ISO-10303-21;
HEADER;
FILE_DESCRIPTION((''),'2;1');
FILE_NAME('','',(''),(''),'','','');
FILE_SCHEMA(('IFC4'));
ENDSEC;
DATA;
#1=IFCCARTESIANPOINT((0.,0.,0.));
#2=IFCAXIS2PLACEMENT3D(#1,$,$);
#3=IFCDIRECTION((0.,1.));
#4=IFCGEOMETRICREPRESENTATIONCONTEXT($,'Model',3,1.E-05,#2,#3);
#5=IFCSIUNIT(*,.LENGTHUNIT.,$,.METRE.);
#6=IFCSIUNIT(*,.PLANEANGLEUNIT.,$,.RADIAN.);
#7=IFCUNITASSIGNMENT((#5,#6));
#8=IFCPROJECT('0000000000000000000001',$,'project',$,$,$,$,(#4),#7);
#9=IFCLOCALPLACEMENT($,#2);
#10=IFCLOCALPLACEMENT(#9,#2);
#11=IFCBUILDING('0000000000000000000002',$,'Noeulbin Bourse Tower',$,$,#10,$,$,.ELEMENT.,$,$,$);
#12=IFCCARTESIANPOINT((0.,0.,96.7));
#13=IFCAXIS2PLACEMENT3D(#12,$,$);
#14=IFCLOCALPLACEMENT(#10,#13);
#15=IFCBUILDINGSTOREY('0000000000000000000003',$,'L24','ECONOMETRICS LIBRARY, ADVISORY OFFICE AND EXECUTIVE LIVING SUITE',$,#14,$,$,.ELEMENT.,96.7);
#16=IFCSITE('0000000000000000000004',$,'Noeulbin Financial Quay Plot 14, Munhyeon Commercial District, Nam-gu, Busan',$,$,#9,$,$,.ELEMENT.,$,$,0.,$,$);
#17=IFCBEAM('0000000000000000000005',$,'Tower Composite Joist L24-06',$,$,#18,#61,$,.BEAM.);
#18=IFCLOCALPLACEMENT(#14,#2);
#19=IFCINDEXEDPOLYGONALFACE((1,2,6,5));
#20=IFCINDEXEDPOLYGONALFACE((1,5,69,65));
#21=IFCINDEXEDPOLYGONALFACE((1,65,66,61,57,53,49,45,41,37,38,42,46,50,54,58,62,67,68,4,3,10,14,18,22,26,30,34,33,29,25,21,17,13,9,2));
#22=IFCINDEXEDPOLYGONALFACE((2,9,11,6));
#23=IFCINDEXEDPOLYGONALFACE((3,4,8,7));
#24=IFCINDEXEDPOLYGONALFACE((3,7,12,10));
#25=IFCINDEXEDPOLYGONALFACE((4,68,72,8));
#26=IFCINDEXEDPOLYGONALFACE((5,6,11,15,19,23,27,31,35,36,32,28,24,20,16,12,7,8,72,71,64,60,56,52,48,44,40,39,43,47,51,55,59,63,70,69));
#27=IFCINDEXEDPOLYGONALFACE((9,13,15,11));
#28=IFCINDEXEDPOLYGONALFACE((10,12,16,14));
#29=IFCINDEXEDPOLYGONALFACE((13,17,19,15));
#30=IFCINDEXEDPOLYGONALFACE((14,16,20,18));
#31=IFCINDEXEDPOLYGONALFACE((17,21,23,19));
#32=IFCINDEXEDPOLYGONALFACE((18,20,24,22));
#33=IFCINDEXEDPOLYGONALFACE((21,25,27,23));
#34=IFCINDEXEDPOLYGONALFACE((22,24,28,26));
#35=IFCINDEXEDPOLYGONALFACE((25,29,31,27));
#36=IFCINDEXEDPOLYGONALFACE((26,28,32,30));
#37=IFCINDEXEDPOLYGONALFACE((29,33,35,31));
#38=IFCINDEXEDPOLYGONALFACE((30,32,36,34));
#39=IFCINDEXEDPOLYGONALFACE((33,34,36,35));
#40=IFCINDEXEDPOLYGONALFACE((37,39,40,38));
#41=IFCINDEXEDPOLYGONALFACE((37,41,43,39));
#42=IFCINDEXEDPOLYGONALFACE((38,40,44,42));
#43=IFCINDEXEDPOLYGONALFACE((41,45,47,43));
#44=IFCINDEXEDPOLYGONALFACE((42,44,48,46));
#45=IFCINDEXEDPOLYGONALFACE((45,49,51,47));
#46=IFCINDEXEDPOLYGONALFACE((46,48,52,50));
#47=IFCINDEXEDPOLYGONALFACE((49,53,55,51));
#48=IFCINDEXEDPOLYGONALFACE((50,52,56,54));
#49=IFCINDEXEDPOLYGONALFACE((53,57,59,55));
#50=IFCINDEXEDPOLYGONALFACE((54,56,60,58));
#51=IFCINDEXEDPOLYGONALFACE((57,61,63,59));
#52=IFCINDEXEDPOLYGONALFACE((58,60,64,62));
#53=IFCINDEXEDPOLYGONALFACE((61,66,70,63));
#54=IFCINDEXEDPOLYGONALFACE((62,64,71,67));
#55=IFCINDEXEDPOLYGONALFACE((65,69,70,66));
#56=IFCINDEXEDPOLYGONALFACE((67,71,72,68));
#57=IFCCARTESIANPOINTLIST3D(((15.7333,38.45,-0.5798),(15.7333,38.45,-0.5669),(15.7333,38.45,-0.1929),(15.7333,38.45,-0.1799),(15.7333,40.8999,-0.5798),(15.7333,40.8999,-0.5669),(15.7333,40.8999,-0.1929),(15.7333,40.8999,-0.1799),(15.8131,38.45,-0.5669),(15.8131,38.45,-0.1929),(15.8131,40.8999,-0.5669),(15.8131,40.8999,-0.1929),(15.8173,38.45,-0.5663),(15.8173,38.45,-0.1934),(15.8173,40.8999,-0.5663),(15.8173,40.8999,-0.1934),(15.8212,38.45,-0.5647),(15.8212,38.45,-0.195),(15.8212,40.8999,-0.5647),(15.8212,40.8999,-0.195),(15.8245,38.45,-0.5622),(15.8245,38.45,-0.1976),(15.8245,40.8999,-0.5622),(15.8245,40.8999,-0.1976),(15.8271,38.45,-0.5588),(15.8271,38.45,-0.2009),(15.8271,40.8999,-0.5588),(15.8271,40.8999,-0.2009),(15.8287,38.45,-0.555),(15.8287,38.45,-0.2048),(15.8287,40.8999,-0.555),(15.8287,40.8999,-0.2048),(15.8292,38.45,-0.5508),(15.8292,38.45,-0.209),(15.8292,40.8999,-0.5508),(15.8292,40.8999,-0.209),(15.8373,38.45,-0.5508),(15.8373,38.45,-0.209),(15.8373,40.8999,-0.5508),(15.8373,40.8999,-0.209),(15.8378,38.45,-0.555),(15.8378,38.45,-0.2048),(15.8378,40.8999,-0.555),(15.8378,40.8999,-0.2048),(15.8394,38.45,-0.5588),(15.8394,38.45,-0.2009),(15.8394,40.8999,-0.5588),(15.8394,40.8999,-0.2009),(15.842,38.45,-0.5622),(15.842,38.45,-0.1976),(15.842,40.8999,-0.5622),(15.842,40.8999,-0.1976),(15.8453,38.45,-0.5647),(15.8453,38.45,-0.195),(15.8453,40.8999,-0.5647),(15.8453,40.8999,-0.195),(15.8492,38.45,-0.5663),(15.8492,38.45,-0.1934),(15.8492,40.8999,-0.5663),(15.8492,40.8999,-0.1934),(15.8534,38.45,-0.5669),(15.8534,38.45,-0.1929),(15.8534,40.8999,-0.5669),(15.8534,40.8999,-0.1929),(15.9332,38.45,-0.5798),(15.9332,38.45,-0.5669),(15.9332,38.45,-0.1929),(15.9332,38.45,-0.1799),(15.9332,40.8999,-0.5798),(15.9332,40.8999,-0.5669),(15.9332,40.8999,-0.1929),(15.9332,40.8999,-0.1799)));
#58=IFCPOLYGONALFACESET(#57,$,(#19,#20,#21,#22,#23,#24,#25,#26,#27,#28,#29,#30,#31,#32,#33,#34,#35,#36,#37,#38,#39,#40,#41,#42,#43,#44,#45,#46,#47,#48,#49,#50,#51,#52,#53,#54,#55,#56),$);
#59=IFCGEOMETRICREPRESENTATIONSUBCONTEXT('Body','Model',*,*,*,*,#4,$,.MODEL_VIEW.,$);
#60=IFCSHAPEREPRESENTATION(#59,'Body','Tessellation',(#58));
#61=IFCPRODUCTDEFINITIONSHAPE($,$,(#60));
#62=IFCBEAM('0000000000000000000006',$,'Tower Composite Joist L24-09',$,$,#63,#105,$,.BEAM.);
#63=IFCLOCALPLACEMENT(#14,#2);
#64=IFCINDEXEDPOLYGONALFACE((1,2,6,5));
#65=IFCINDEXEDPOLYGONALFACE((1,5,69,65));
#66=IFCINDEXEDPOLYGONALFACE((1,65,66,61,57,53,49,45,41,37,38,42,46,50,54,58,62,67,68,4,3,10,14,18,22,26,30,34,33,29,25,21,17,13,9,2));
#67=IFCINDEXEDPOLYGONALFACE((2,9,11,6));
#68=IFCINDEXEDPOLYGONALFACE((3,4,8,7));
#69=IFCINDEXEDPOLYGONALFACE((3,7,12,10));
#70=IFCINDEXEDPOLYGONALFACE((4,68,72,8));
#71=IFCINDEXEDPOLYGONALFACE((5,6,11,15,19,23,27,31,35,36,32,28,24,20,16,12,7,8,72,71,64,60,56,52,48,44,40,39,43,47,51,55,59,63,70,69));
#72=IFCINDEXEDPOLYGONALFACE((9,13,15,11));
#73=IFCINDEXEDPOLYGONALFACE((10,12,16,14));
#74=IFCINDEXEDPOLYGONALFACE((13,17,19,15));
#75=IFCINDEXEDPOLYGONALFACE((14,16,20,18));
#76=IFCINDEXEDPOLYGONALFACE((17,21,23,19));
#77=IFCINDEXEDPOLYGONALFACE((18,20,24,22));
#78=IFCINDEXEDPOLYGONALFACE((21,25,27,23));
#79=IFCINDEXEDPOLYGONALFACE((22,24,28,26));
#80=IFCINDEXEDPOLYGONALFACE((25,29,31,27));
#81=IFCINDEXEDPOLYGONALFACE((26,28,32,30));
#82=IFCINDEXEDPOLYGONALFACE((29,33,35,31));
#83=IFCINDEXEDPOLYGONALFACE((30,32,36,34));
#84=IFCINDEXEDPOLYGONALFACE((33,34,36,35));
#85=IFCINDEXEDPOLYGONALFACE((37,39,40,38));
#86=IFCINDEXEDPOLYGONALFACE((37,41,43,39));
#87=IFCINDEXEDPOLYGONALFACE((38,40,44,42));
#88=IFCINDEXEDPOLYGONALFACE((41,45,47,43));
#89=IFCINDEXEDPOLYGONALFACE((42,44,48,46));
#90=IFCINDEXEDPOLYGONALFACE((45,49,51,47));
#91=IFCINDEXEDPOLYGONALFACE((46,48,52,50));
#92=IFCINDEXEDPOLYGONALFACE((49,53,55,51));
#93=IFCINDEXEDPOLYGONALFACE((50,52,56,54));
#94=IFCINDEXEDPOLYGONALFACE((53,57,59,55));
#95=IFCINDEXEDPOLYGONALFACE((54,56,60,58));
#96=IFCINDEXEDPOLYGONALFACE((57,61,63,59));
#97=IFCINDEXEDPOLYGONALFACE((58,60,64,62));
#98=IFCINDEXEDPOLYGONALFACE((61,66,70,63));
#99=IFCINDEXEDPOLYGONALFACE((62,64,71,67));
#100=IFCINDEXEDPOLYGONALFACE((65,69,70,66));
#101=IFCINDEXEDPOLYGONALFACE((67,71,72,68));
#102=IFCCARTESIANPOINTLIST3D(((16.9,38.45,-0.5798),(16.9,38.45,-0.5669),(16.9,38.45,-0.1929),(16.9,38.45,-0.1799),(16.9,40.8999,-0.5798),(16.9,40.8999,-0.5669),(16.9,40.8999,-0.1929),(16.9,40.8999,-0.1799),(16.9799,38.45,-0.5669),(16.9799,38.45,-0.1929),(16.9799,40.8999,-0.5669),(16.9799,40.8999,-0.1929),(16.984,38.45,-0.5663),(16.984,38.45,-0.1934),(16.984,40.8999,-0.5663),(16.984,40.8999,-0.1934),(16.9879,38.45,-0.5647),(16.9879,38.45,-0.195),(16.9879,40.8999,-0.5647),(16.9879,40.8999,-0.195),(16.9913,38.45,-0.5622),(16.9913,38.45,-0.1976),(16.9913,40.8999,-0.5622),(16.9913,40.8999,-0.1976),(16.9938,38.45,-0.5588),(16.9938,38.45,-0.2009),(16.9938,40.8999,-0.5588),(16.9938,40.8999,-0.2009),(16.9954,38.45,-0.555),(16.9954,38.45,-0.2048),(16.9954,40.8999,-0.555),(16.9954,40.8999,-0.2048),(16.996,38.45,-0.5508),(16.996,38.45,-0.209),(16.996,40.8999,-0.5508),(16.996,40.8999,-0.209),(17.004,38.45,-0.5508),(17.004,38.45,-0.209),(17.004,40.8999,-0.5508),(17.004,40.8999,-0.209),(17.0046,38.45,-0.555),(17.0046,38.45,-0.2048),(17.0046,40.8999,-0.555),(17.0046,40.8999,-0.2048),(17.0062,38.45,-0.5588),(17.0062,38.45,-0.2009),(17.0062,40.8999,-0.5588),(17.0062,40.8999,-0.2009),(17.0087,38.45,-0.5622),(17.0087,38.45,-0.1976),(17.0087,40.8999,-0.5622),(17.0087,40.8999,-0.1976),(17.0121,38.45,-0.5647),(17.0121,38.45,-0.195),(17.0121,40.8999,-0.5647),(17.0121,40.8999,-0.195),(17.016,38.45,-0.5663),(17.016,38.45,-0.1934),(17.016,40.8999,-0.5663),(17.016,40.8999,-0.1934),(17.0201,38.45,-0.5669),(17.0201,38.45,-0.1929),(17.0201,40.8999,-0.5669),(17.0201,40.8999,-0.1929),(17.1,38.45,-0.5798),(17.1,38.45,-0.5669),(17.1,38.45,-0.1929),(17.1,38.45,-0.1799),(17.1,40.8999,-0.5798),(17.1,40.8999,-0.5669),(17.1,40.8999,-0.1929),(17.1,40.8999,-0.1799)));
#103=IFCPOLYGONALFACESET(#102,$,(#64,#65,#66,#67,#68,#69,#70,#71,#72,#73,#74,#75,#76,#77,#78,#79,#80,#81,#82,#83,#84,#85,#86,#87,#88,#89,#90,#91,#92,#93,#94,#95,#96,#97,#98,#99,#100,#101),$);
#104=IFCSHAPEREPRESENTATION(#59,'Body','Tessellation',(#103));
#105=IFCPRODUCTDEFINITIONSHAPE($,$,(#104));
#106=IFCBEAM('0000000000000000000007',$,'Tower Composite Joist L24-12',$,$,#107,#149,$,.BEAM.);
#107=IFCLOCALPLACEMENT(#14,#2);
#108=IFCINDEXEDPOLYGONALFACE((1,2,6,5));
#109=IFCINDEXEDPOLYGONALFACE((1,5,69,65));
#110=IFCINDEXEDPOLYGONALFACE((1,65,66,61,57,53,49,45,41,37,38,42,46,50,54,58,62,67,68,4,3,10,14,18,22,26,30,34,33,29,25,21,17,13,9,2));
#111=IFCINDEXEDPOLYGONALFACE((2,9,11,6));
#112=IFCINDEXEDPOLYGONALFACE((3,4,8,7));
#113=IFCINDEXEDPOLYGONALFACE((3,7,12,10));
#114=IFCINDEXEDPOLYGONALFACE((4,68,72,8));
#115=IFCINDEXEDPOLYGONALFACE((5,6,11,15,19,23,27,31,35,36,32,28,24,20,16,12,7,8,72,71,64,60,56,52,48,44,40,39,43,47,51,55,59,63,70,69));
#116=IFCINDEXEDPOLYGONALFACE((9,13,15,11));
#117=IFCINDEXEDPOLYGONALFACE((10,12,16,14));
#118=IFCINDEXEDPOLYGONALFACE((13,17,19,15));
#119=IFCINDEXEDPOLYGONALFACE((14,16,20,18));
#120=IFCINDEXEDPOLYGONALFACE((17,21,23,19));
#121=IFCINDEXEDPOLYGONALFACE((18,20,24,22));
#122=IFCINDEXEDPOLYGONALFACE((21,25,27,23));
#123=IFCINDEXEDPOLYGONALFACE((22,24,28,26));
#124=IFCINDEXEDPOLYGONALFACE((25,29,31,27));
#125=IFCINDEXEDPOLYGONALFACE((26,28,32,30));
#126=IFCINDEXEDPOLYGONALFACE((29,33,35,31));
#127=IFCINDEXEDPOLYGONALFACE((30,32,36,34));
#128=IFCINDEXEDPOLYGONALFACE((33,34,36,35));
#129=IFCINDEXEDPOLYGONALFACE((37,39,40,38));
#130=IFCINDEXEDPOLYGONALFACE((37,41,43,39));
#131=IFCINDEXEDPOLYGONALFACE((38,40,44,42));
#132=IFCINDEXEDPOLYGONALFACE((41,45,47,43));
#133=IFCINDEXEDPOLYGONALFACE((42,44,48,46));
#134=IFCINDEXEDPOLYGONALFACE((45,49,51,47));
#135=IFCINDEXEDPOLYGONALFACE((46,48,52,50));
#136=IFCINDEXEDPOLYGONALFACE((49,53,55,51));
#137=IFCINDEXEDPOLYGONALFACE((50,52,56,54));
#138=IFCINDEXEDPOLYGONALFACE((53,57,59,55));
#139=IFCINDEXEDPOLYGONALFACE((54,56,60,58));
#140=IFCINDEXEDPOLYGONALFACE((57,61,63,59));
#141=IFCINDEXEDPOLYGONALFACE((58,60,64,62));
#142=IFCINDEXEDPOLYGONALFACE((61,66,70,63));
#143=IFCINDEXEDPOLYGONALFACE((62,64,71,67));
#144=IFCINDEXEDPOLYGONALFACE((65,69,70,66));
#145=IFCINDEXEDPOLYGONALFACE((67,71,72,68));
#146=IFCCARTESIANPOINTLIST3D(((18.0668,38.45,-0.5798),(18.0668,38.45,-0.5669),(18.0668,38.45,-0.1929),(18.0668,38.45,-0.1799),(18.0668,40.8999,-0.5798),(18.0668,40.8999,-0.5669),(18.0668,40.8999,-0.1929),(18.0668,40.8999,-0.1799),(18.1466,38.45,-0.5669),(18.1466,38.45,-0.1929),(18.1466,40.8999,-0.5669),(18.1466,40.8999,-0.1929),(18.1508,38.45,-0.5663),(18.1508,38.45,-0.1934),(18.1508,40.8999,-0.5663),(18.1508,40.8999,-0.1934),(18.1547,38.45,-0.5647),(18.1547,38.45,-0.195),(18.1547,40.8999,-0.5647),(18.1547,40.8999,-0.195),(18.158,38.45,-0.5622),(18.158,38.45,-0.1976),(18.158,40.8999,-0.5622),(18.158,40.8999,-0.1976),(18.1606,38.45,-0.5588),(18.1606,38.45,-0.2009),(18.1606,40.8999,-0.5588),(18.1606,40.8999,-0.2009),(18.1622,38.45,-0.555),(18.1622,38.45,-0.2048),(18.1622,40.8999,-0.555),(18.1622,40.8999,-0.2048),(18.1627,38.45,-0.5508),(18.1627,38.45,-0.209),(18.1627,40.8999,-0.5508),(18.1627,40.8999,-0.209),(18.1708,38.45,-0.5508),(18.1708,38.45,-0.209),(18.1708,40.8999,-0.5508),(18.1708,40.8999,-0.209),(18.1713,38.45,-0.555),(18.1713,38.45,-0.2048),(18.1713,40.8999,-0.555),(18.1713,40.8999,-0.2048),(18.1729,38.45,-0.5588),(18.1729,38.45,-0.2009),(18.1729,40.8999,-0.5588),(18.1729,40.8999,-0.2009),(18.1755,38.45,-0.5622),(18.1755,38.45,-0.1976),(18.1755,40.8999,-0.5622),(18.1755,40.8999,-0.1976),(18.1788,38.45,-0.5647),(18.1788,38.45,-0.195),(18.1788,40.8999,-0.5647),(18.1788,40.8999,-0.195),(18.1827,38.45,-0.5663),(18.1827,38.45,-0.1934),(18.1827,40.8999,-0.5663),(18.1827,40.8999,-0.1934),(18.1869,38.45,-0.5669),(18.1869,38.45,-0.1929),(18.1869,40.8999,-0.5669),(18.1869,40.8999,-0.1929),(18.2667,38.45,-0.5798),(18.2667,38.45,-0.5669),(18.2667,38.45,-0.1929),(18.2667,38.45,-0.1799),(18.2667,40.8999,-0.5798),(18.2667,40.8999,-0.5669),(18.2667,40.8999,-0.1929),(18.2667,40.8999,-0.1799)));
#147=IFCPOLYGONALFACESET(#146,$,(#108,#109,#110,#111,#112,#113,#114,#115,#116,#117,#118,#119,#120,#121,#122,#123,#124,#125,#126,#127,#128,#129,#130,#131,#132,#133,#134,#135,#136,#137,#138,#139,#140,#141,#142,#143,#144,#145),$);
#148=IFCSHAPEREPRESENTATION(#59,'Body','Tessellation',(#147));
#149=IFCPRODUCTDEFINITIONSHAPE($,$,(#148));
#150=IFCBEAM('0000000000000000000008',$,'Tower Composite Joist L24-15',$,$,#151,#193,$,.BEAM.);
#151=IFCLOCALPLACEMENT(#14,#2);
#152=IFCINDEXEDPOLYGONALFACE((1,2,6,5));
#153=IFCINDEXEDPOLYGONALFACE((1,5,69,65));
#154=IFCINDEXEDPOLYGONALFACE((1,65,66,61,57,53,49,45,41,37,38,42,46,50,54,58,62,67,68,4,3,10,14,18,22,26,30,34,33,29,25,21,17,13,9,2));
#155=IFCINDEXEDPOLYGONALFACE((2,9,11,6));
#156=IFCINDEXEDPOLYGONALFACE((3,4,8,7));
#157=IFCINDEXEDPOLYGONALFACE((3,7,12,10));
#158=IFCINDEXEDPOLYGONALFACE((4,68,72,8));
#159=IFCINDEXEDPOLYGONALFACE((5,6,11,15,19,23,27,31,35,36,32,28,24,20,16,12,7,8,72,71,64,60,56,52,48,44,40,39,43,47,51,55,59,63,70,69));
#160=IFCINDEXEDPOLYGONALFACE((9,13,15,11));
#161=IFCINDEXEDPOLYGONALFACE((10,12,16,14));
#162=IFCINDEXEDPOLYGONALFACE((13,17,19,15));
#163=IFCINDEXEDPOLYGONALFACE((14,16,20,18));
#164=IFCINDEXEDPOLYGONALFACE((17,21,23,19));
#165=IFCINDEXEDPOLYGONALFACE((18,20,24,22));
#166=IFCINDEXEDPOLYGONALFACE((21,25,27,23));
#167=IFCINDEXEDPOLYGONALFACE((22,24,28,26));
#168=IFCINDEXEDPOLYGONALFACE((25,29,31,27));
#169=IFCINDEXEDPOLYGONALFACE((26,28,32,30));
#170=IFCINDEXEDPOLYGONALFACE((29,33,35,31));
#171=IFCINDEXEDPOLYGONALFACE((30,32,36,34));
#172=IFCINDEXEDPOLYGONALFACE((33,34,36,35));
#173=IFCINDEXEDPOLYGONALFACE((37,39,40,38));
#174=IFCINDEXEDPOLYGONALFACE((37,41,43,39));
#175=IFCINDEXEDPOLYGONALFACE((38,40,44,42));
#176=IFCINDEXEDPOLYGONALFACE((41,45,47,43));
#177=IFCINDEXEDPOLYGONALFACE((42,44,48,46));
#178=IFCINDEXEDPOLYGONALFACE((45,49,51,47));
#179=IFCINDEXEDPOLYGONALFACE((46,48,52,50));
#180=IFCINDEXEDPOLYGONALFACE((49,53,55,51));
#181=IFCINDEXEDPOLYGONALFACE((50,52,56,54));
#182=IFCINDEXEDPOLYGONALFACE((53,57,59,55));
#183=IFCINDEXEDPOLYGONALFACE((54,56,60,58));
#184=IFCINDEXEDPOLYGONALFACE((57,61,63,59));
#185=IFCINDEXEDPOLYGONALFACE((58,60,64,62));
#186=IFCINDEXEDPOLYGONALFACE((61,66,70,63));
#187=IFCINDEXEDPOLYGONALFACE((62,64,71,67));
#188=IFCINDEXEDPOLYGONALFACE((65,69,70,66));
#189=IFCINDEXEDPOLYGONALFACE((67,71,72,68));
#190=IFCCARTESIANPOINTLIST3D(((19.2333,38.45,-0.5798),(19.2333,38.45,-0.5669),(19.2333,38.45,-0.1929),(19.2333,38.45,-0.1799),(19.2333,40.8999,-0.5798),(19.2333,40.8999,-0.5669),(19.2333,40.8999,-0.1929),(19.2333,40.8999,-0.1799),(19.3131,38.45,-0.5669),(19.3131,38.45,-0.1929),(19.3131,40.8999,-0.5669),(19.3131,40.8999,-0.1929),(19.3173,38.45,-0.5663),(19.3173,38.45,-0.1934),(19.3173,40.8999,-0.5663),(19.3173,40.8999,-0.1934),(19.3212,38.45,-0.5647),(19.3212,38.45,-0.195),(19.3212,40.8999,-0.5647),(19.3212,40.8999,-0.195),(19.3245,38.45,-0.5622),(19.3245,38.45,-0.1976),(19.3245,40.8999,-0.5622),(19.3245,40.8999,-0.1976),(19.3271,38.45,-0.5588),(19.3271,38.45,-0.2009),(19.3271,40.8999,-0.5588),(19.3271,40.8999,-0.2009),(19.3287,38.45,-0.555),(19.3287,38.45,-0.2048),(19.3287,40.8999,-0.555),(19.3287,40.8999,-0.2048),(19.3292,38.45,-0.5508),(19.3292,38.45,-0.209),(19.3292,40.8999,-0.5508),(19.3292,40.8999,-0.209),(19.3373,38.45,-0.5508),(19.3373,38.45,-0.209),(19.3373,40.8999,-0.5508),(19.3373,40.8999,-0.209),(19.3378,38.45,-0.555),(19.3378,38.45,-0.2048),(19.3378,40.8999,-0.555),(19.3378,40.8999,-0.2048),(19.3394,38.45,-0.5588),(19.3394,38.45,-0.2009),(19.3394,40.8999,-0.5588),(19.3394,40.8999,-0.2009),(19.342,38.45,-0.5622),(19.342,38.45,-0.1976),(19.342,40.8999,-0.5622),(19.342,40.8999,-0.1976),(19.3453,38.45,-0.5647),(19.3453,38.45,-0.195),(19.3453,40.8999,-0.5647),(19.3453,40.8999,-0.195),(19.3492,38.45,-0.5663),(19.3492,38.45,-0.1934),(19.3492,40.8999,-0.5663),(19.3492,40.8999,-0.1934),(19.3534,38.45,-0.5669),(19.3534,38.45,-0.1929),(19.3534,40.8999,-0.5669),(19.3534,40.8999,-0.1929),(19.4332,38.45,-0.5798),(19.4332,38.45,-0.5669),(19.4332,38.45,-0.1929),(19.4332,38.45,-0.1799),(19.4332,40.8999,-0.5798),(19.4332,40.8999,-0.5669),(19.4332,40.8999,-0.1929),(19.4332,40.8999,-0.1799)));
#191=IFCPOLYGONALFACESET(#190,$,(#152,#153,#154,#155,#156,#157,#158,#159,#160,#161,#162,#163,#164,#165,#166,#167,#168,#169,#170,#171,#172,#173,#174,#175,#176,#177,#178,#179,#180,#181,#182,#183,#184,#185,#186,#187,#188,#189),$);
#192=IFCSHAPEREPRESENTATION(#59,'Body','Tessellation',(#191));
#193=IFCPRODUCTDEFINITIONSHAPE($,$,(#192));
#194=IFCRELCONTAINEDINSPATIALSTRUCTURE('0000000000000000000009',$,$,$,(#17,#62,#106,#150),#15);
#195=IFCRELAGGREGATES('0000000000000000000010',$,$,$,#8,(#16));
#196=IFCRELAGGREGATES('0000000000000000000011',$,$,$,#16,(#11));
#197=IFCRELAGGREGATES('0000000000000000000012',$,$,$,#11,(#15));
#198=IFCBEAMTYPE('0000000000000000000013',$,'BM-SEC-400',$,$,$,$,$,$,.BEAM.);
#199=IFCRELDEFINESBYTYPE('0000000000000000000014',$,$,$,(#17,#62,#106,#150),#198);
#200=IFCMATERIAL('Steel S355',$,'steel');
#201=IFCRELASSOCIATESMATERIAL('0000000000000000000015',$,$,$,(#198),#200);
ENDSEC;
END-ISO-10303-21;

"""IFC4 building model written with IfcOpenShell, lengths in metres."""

from ifc_helpers import new_model, si_unit, direction, frame, origin, origin_2d, place, context, subcontext, project, spatial, i_section, extrude, material, material_profile, profile_set, type_object, element, save


model = new_model("IFC4")

# Units and contexts
model_context = context("Model", 3, precision=1e-05, world=origin(), true_north=direction((0.0, 1.0)))
body_context = subcontext(model_context, "Body", "Model", "MODEL_VIEW")
ifc_project = project(units=[si_unit("LENGTHUNIT", "METRE"), si_unit("PLANEANGLEUNIT", "RADIAN")], contexts=[model_context])

# Site, building, storey
site_placement = place(None, origin())
site = spatial("IfcSite", under=ifc_project, at=site_placement, Name="Noeulbin Financial Quay Plot 14, Munhyeon Commercial District, Nam-gu, Busan", CompositionType="ELEMENT", RefElevation=0.0)
building_placement = place(site_placement, origin())
building = spatial("IfcBuilding", under=site, at=building_placement, Name="Noeulbin Bourse Tower", CompositionType="ELEMENT")
storey_placement = place(building_placement, frame((0.0, 0.0, 96.7)))
storey = spatial("IfcBuildingStorey", under=building, at=storey_placement, Name="L24", Description="ECONOMETRICS LIBRARY, ADVISORY OFFICE AND EXECUTIVE LIVING SUITE", CompositionType="ELEMENT", Elevation=96.7)

# Beams
ifc_material_1 = material(Name="Steel S355", Category="steel")
ifc_material_profile_1 = material_profile(ifc_material_1, i_section(OverallWidth=0.2, OverallDepth=0.3999, WebThickness=0.0081, FlangeThickness=0.0129, FilletRadius=0.0161, at=origin_2d()), Name="H-400x200x8x13", Category="LoadBearing")
ifc_profile_set_1 = profile_set([ifc_material_profile_1], Name="Steel S355")
beam_type = type_object("IfcBeamType", Name="BM-SEC-400", PredefinedType="BEAM", material=ifc_profile_set_1)
for number, where, z_axis, x_axis, name in (
    (1, (15.8333, 38.45, -0.3799), (0.0, 1.0, 0.0), (-1.0, 0.0, 0.0), "Tower Composite Joist L24-06"),
    (2, (17.0, 38.45, -0.3799), (0.0, 1.0, 0.0), (-1.0, 0.0, 0.0), "Tower Composite Joist L24-09"),
    (3, (18.1667, 38.45, -0.3799), (0.0, 1.0, 0.0), (-1.0, 0.0, 0.0), "Tower Composite Joist L24-12"),
    (4, (19.3333, 38.45, -0.3799), (0.0, 1.0, 0.0), (-1.0, 0.0, 0.0), "Tower Composite Joist L24-15"),
):
    element("IfcBeam", number, at=place(storey_placement, frame(where, z_axis=z_axis, x_axis=x_axis)), inside=storey, type_object=beam_type, Name=name, PredefinedType="BEAM", context=body_context, shape_type="SweptSolid", body=[
        extrude(i_section(OverallWidth=0.2, OverallDepth=0.3999, WebThickness=0.0081, FlangeThickness=0.0129, FilletRadius=0.0161, at=origin_2d()), origin(), (0.0, 0.0, 1.0), 2.45),
    ])

save(model, "model.ifc")
